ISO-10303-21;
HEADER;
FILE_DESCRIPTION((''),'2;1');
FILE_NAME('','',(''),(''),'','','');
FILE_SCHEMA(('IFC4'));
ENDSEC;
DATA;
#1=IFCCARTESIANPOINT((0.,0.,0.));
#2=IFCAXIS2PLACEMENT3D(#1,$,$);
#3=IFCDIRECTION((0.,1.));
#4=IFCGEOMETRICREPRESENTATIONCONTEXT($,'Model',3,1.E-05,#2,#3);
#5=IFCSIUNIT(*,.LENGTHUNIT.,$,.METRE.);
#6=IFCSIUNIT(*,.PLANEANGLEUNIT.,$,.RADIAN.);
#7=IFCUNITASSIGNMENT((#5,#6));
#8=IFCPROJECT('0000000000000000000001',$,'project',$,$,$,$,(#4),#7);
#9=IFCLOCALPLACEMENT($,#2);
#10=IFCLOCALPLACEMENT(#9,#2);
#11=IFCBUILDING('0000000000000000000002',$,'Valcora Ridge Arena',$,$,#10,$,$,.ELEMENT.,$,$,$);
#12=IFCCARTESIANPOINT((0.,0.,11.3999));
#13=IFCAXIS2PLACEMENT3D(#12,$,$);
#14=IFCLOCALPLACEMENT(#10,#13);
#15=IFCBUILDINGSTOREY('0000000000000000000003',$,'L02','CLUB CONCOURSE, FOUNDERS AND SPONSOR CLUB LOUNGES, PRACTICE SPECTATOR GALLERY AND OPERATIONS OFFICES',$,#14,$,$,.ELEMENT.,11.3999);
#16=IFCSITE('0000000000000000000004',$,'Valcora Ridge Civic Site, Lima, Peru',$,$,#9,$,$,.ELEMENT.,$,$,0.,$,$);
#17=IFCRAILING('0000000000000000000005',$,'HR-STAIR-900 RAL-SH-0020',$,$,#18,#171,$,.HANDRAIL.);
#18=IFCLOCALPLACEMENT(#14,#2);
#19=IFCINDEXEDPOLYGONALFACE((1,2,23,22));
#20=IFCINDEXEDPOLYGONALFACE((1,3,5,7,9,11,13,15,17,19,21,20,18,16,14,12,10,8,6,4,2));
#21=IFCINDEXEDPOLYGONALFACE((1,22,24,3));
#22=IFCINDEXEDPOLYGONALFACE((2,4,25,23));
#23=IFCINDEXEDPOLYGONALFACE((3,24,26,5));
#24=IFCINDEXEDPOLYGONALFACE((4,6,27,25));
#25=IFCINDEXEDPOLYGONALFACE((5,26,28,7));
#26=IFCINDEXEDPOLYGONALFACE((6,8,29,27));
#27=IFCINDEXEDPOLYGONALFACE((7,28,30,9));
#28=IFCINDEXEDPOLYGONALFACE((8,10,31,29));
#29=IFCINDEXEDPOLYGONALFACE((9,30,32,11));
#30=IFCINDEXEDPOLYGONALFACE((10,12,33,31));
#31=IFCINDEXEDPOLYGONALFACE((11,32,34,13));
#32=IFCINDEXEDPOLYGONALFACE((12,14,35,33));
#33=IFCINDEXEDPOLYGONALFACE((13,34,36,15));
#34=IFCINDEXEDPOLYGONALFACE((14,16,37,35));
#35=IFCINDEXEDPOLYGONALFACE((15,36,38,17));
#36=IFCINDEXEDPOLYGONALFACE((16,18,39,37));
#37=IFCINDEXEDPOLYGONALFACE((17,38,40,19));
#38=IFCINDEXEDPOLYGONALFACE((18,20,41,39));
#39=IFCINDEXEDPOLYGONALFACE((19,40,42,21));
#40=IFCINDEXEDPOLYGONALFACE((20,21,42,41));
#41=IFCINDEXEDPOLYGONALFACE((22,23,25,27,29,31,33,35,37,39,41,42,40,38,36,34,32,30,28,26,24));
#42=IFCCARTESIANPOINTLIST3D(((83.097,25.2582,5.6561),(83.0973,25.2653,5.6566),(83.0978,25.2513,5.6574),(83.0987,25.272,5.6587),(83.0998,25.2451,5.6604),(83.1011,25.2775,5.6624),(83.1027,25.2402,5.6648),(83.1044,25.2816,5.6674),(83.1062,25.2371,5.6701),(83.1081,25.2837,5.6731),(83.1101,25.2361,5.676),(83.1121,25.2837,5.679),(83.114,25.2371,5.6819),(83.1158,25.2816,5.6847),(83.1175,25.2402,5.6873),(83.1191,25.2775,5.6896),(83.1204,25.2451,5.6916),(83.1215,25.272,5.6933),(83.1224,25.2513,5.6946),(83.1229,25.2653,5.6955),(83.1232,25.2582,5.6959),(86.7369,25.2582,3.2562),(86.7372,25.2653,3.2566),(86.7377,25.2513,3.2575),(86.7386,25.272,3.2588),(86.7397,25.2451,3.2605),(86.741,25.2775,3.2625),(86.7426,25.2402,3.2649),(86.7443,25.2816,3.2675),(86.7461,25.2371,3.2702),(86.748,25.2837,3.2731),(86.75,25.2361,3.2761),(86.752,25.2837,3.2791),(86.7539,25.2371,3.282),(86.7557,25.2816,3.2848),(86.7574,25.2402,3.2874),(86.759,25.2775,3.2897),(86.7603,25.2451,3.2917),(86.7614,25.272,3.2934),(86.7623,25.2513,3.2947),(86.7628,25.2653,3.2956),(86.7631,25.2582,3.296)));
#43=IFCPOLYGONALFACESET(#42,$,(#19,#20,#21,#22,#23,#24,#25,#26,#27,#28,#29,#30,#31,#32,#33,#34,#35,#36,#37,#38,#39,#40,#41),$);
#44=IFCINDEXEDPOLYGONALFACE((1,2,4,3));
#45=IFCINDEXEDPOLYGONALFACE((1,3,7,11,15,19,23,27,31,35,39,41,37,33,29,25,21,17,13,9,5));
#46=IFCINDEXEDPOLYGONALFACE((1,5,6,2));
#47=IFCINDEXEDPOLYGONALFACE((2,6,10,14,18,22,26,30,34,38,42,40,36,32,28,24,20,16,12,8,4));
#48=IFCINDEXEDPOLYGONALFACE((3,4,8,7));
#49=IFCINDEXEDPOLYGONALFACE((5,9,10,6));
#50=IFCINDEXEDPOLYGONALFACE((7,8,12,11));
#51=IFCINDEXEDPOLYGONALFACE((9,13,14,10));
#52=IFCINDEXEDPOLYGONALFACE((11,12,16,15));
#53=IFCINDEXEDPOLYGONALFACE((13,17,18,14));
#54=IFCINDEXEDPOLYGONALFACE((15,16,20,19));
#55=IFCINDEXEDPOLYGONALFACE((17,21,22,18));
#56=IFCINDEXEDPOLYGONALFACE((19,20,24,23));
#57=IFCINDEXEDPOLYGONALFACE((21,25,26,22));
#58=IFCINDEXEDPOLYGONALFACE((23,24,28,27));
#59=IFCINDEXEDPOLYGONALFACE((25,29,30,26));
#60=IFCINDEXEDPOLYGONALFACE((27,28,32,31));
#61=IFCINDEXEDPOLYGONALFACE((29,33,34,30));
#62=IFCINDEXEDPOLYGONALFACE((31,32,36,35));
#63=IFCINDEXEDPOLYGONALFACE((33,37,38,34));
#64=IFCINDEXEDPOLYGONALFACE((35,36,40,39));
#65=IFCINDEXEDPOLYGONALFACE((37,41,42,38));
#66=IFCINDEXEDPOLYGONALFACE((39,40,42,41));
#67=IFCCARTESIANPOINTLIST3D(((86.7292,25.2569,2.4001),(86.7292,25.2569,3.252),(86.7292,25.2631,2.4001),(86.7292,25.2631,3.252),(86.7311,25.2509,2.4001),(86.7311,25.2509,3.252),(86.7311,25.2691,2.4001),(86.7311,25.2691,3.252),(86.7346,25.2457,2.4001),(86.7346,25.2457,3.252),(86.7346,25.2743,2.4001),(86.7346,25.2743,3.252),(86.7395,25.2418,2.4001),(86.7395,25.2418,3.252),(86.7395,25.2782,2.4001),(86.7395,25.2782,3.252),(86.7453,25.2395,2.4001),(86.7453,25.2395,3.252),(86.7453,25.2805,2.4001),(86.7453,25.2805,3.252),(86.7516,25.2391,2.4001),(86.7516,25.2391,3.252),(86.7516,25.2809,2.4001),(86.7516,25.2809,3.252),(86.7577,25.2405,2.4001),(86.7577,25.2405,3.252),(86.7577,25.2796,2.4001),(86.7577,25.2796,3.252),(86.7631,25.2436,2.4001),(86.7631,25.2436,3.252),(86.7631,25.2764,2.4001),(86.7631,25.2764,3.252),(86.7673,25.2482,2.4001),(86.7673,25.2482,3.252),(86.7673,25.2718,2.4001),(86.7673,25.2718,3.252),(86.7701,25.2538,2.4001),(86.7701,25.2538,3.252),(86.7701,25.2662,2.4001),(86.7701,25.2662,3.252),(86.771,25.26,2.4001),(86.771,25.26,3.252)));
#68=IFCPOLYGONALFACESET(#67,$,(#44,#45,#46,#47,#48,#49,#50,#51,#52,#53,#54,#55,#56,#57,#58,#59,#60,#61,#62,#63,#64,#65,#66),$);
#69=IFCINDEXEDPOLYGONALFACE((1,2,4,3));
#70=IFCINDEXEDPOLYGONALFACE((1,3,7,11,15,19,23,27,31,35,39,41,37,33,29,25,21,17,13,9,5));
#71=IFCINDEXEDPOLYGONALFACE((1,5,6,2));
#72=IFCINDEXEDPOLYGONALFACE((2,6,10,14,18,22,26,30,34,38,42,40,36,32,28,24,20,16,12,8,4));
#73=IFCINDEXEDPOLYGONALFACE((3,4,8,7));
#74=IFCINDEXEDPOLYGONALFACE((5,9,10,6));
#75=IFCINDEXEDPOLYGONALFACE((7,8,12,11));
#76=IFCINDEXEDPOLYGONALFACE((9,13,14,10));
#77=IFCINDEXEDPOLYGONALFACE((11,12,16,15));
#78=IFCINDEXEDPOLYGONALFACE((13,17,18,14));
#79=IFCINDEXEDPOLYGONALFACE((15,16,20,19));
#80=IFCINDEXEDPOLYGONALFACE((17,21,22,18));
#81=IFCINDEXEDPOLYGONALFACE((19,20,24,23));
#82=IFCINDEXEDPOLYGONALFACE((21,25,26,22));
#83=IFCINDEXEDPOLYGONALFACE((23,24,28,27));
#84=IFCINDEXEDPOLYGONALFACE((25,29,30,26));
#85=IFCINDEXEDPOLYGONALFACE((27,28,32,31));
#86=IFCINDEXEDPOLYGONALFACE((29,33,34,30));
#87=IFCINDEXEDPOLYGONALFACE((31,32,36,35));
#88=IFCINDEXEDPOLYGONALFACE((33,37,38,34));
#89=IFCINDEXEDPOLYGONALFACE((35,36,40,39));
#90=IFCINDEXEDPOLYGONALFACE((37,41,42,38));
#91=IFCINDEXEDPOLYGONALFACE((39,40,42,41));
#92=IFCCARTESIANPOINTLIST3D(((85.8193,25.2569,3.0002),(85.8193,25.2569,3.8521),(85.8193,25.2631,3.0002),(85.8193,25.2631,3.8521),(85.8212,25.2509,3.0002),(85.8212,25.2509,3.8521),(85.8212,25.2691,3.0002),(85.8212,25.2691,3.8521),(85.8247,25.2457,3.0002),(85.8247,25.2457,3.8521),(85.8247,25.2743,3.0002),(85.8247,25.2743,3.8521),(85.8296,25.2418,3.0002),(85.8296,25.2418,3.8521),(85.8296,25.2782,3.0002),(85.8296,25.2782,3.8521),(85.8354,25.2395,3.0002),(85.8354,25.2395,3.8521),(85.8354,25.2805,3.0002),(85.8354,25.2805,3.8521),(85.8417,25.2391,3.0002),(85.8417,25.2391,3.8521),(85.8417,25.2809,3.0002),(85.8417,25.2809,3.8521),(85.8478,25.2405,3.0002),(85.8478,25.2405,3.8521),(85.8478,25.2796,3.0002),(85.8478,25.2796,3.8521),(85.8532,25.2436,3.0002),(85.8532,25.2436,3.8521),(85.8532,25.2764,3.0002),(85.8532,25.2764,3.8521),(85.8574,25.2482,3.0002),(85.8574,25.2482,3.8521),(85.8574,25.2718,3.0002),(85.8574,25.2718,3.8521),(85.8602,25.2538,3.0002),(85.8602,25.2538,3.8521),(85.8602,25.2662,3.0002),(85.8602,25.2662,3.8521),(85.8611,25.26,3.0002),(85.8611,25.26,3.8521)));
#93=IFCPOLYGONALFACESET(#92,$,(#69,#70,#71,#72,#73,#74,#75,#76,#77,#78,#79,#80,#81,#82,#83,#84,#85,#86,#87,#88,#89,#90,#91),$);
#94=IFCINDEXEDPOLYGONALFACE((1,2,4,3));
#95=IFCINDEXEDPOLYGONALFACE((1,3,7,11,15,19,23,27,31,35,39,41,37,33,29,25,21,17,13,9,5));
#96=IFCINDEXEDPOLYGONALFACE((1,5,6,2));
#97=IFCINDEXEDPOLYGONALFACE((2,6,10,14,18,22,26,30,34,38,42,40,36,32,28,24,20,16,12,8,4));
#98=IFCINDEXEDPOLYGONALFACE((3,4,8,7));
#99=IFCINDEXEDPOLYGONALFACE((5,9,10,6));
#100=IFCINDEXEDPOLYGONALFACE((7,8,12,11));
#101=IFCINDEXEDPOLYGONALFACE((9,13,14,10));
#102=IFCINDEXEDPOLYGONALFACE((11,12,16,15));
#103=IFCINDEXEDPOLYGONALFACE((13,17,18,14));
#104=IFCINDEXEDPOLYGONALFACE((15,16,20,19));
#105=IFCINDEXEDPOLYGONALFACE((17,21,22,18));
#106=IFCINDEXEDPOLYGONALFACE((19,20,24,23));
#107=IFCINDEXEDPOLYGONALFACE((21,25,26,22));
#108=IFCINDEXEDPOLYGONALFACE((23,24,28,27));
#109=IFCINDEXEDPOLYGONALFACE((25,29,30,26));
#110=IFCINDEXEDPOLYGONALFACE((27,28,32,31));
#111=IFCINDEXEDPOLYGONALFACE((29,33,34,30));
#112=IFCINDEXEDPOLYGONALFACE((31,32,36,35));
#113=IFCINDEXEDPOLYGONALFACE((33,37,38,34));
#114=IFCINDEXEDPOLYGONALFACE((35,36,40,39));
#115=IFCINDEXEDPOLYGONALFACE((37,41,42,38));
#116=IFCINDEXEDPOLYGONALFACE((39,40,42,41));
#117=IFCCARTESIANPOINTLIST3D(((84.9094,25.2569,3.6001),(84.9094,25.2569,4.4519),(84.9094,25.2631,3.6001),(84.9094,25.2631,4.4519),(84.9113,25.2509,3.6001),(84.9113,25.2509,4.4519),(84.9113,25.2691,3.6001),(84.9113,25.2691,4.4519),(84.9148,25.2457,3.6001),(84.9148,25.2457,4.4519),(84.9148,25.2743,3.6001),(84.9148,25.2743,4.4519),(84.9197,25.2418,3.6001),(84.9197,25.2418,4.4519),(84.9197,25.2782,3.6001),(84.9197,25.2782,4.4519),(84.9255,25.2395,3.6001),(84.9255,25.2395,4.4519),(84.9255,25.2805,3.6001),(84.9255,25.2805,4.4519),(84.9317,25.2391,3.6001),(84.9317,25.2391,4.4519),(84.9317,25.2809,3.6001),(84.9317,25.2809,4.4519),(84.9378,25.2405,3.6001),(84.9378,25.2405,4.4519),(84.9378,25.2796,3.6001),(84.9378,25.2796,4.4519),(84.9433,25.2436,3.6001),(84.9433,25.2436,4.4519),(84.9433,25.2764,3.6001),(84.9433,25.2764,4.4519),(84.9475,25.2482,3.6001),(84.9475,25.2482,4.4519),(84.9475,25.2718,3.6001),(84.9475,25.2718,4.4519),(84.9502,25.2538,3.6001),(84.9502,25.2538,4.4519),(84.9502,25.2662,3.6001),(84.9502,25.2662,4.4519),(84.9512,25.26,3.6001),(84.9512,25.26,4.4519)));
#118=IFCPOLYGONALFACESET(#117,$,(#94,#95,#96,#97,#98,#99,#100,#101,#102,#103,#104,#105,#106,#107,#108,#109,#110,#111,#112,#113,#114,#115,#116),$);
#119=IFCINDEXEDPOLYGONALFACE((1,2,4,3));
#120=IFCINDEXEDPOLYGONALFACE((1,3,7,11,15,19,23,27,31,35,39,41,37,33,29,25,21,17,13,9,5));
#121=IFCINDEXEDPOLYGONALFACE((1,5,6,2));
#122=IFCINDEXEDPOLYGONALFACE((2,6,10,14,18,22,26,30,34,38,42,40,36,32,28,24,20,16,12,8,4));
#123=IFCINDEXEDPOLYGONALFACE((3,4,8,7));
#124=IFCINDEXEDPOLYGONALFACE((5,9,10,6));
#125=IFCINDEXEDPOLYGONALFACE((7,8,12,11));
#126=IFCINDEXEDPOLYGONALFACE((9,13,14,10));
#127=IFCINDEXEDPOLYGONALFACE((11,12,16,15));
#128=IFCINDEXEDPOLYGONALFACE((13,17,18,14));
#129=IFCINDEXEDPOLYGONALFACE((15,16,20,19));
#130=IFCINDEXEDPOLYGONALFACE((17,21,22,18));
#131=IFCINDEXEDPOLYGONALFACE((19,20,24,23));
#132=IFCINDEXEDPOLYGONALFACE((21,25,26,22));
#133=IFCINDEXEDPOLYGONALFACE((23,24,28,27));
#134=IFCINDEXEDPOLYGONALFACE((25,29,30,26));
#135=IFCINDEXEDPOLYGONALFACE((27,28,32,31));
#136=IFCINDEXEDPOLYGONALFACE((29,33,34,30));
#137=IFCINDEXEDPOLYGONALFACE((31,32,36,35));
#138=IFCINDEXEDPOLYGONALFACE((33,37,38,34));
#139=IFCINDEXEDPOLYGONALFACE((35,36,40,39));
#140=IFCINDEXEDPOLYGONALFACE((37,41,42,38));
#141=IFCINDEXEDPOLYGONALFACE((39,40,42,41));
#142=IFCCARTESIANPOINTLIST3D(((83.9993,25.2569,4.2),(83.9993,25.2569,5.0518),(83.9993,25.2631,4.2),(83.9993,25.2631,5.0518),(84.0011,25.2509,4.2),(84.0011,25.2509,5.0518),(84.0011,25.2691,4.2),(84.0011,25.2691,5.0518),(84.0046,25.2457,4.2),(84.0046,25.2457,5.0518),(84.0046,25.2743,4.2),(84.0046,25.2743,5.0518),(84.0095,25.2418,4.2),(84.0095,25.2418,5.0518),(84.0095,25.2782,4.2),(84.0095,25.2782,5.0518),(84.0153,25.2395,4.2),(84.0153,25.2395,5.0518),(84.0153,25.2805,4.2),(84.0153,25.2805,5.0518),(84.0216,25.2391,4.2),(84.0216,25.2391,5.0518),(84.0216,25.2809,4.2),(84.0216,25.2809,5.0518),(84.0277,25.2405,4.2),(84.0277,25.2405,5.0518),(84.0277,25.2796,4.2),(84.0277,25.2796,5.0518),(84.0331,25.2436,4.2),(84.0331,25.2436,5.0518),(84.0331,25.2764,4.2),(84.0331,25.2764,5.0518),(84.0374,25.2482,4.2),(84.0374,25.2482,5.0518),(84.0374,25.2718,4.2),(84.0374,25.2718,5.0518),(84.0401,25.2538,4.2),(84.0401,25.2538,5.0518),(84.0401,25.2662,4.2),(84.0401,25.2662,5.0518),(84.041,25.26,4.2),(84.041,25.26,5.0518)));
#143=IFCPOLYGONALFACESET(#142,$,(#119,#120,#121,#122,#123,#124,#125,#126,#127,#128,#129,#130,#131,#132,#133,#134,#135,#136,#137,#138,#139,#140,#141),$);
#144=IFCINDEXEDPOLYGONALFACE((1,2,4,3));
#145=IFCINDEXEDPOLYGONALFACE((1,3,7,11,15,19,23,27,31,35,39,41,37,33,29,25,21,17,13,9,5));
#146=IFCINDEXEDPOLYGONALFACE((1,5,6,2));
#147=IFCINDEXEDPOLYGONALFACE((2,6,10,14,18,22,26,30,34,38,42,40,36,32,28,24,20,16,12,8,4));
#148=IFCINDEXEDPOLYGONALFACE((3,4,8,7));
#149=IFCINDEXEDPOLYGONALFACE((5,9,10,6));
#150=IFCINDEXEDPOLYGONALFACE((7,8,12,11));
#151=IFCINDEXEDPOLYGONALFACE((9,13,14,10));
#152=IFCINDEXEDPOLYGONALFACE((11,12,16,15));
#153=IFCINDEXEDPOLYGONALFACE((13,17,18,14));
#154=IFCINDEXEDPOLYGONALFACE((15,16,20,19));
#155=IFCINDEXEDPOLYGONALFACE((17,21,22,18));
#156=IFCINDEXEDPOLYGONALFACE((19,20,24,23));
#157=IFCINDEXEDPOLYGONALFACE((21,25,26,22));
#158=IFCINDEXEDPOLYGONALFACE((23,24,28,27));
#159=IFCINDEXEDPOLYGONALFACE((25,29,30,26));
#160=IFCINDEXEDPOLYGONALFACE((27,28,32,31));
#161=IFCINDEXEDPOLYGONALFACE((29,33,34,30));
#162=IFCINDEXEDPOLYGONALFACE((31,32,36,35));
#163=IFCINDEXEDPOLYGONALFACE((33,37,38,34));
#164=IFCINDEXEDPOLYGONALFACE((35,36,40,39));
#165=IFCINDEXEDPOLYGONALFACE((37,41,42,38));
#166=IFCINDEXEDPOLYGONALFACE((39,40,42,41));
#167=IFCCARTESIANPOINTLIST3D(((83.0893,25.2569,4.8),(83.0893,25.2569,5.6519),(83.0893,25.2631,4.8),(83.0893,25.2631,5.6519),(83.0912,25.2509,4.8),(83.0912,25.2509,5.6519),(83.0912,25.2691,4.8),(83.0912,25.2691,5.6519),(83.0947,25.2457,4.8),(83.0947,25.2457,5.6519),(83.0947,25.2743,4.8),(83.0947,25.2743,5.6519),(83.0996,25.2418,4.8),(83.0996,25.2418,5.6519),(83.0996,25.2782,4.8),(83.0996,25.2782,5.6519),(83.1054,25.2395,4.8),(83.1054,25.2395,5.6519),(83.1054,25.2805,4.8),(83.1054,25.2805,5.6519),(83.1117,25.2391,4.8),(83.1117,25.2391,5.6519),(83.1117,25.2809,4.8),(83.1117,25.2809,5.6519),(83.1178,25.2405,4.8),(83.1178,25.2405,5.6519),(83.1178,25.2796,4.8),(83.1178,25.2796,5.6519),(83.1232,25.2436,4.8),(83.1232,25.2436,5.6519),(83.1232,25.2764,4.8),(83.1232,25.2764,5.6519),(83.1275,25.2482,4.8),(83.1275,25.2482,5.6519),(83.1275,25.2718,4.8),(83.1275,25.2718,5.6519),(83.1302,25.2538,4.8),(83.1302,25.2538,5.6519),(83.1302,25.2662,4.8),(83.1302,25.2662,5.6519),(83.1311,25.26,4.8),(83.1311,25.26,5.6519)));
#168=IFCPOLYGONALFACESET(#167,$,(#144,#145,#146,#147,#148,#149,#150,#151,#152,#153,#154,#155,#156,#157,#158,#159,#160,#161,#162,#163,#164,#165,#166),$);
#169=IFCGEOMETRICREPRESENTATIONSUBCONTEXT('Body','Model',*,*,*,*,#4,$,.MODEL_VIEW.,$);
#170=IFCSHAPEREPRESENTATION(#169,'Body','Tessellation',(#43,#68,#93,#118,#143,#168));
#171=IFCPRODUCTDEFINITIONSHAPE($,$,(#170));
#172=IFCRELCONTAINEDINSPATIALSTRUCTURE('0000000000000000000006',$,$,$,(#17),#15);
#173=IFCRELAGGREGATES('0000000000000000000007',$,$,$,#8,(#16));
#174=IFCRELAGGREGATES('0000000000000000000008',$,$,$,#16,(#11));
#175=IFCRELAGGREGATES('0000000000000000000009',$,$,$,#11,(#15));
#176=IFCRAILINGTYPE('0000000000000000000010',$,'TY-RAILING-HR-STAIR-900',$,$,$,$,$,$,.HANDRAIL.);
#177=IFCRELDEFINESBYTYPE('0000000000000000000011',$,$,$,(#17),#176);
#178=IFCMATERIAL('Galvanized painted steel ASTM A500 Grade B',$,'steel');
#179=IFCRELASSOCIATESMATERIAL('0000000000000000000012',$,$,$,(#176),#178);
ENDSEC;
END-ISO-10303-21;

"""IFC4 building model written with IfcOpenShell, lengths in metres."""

from ifc_helpers import new_model, si_unit, direction, frame, origin, origin_2d, place, context, subcontext, project, spatial, circle, extrude, material, type_object, element, save


model = new_model("IFC4")

# Units and contexts
model_context = context("Model", 3, precision=1e-05, world=origin(), true_north=direction((0.0, 1.0)))
body_context = subcontext(model_context, "Body", "Model", "MODEL_VIEW")
ifc_project = project(units=[si_unit("LENGTHUNIT", "METRE"), si_unit("PLANEANGLEUNIT", "RADIAN")], contexts=[model_context])

# Site, building, storey
site_placement = place(None, origin())
site = spatial("IfcSite", under=ifc_project, at=site_placement, Name="Valcora Ridge Civic Site, Lima, Peru", CompositionType="ELEMENT", RefElevation=0.0)
building_placement = place(site_placement, origin())
building = spatial("IfcBuilding", under=site, at=building_placement, Name="Valcora Ridge Arena", CompositionType="ELEMENT")
storey_placement = place(building_placement, frame((0.0, 0.0, 11.3999)))
storey = spatial("IfcBuildingStorey", under=building, at=storey_placement, Name="L02", Description="CLUB CONCOURSE, FOUNDERS AND SPONSOR CLUB LOUNGES, PRACTICE SPECTATOR GALLERY AND OPERATIONS OFFICES", CompositionType="ELEMENT", Elevation=11.3999)

# Railing
ifc_material_1 = material(Name="Galvanized painted steel ASTM A500 Grade B", Category="steel")
railing_type_1 = type_object("IfcRailingType", Name="TY-RAILING-HR-STAIR-900", PredefinedType="HANDRAIL", material=ifc_material_1)
railing_1_placement = place(storey_placement, frame((86.75, 25.26, 2.4001)))
element("IfcRailing", 1, at=railing_1_placement, inside=storey, type_object=railing_type_1, Name="HR-STAIR-900 RAL-SH-0020", PredefinedType="HANDRAIL", context=body_context, shape_type="SweptSolid", body=[
    extrude(circle(Radius=0.0239, at=origin_2d()), frame((0.0, 0.0, 0.876), z_axis=(-0.834865, 0.0, 0.550454), x_axis=(0.0, -1.0, 0.0)), (0.0, 0.0, 1.0), 4.3599),
    extrude(circle(Radius=0.021, at=origin_2d()), origin(), (0.0, 0.0, 1.0), 0.8518),
    extrude(circle(Radius=0.021, at=origin_2d()), frame((-0.9099, 0.0, 0.6001)), (0.0, 0.0, 1.0), 0.8518),
    extrude(circle(Radius=0.021, at=origin_2d()), frame((-1.8198, 0.0, 1.2)), (0.0, 0.0, 1.0), 0.8518),
    extrude(circle(Radius=0.021, at=origin_2d()), frame((-2.73, 0.0, 1.7998)), (0.0, 0.0, 1.0), 0.8518),
    extrude(circle(Radius=0.021, at=origin_2d()), frame((-3.6399, 0.0, 2.3999)), (0.0, 0.0, 1.0), 0.8518),
])

save(model, "model.ifc")
